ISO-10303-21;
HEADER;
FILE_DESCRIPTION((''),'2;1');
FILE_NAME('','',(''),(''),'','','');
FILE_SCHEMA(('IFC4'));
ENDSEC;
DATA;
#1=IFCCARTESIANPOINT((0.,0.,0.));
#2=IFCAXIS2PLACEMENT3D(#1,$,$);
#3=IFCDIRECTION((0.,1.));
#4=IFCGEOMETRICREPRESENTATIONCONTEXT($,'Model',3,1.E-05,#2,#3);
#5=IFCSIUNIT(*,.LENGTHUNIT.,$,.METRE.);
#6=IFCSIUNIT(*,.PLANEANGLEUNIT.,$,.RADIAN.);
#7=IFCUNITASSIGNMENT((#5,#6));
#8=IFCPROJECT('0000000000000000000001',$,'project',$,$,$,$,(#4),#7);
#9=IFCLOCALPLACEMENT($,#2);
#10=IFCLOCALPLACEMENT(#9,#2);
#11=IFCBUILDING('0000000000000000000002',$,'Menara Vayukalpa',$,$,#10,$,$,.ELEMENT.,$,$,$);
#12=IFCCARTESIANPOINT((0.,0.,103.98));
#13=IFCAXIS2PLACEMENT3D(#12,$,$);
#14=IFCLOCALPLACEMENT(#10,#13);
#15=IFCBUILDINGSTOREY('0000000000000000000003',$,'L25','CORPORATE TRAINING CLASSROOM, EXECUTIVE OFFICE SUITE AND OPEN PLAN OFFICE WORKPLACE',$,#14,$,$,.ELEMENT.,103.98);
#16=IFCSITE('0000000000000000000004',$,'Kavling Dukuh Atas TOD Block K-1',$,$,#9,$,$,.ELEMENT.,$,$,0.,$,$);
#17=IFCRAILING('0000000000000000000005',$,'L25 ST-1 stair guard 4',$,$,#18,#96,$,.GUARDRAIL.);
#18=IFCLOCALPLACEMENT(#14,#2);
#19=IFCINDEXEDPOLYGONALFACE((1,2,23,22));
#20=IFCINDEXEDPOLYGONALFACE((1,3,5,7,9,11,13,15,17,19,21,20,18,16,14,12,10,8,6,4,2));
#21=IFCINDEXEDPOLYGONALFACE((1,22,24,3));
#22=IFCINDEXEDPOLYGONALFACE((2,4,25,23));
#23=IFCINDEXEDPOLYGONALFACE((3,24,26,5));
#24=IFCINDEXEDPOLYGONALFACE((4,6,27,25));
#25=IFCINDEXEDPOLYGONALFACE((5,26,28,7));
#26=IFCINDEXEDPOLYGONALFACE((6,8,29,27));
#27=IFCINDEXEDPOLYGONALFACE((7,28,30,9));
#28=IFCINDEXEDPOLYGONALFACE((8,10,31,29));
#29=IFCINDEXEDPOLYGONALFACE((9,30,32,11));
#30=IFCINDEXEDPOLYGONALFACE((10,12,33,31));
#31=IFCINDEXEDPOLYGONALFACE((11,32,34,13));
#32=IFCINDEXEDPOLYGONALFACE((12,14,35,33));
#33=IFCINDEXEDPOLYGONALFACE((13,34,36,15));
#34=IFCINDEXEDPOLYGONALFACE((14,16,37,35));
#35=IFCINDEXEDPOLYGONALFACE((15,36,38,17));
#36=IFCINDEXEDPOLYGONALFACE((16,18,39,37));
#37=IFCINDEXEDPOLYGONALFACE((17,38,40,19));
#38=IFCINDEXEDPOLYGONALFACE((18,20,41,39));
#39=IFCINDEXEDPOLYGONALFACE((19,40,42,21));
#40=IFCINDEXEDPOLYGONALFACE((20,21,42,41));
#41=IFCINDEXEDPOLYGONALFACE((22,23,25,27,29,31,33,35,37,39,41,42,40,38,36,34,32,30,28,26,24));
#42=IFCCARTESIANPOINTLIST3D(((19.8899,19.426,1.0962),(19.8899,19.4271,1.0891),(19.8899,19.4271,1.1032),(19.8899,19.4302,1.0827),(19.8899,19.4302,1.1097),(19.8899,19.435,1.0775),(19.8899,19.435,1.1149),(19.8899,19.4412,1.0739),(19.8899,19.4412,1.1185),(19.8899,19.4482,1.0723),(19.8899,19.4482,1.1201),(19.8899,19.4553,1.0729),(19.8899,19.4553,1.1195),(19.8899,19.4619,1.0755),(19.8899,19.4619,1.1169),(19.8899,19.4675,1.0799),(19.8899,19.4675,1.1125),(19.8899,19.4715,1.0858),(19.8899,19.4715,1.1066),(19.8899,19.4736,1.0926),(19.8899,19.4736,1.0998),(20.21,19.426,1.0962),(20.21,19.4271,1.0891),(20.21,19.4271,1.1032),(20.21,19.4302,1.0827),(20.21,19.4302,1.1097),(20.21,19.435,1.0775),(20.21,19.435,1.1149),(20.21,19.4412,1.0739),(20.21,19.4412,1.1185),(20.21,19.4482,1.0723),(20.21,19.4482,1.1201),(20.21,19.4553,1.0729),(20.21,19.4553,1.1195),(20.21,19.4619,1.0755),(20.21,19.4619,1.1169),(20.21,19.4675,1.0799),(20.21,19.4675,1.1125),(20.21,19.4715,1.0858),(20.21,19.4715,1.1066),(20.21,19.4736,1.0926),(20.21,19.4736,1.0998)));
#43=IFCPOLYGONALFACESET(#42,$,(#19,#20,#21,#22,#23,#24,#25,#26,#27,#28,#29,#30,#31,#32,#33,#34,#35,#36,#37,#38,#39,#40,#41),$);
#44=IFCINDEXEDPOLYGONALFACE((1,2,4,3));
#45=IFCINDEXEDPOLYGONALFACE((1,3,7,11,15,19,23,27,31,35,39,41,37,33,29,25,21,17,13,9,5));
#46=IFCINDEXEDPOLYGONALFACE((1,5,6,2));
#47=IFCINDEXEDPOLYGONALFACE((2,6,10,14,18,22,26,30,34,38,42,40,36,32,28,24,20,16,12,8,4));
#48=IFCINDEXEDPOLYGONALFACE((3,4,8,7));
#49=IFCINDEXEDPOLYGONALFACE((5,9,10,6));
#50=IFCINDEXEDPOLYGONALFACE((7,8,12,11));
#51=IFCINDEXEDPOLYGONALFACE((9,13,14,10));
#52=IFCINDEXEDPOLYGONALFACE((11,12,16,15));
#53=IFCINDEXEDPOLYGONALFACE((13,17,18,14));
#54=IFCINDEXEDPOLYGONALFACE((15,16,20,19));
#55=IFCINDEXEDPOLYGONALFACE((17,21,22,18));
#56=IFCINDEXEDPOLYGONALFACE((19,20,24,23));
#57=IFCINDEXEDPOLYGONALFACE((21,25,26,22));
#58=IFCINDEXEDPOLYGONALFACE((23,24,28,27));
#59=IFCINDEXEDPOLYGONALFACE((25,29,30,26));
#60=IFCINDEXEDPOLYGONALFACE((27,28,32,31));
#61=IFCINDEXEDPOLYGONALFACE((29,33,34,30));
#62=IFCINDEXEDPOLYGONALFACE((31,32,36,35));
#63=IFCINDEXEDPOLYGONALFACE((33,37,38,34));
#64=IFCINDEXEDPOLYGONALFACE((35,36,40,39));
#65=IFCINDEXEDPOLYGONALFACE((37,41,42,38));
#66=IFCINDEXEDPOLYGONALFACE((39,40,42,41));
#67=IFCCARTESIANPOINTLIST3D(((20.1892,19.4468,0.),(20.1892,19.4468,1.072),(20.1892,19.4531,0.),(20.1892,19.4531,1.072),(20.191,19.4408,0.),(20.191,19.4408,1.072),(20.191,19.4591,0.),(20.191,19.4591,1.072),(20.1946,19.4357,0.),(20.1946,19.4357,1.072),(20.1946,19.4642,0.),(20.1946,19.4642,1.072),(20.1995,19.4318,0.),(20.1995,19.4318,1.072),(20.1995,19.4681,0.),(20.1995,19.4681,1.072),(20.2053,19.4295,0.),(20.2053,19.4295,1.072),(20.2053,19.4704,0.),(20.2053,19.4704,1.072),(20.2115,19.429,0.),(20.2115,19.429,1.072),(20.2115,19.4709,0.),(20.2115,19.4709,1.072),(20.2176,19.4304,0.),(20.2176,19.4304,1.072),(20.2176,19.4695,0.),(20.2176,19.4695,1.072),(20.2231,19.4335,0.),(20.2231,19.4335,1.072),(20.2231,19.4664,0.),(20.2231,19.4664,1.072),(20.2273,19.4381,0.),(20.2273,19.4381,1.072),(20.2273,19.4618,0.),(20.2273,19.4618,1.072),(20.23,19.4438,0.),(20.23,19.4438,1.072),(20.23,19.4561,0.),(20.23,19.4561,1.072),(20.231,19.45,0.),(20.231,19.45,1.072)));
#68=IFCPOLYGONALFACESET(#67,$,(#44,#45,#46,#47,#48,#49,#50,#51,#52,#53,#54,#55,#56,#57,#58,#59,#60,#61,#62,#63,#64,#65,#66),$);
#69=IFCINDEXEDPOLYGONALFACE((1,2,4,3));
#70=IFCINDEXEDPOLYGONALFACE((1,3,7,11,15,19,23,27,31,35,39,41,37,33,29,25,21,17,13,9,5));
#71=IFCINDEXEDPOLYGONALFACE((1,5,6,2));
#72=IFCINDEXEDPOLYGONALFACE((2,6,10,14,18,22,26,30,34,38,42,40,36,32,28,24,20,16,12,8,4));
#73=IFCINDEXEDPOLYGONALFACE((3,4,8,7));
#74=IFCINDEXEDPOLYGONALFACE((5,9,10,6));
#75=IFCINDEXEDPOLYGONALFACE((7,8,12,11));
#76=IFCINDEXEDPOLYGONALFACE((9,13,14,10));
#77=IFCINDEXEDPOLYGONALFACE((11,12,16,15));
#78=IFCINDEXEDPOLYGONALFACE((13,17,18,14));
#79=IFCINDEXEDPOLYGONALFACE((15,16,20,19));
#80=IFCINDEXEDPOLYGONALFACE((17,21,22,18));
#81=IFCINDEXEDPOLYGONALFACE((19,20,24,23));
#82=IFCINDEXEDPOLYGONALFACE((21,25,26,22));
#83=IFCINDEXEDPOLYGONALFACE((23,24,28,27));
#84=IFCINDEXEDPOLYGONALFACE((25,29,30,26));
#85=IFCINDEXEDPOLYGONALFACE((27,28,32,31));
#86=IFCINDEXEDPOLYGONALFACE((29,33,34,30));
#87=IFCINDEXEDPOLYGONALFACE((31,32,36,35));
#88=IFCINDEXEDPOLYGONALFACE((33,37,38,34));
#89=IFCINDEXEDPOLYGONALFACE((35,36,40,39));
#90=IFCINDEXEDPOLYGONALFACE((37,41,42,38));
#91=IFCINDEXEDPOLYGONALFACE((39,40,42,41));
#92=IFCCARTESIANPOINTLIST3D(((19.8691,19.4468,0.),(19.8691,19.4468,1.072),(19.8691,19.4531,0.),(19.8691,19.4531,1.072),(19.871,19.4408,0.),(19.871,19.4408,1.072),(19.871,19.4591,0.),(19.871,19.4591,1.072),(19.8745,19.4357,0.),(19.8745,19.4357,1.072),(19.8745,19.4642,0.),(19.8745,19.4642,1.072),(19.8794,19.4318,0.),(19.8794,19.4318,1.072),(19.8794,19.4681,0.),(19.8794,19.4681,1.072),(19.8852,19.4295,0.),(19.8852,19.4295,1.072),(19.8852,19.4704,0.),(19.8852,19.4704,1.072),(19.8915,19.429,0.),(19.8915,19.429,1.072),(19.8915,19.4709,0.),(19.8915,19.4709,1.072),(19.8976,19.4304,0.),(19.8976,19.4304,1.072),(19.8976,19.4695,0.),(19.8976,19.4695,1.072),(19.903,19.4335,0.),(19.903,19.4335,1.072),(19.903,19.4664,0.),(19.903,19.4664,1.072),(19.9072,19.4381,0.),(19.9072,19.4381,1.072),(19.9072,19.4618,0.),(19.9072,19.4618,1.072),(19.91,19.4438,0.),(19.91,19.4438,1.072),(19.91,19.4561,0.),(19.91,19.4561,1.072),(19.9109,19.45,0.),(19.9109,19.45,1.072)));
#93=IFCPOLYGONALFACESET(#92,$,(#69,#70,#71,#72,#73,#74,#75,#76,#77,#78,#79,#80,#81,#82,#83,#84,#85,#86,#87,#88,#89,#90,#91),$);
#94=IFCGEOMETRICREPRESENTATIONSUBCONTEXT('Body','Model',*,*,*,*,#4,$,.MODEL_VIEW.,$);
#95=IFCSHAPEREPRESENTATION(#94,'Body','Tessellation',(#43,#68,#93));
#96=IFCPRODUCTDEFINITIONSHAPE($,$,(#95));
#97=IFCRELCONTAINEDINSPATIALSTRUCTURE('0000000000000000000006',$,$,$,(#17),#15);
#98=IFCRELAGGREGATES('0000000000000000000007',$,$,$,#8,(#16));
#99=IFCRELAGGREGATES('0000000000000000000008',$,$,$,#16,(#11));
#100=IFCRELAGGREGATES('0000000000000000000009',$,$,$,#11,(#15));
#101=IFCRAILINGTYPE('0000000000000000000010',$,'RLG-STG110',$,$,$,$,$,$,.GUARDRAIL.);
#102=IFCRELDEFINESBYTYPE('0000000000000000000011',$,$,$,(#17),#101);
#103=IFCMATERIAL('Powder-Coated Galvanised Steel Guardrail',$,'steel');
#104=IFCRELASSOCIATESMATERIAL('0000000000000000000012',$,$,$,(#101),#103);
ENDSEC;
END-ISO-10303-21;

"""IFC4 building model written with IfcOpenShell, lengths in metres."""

from ifc_helpers import new_model, si_unit, direction, frame, origin, origin_2d, place, context, subcontext, project, spatial, circle, extrude, material, type_object, element, save


model = new_model("IFC4")

# Units and contexts
model_context = context("Model", 3, precision=1e-05, world=origin(), true_north=direction((0.0, 1.0)))
body_context = subcontext(model_context, "Body", "Model", "MODEL_VIEW")
ifc_project = project(units=[si_unit("LENGTHUNIT", "METRE"), si_unit("PLANEANGLEUNIT", "RADIAN")], contexts=[model_context])

# Site, building, storey
site_placement = place(None, origin())
site = spatial("IfcSite", under=ifc_project, at=site_placement, Name="Kavling Dukuh Atas TOD Block K-1", CompositionType="ELEMENT", RefElevation=0.0)
building_placement = place(site_placement, origin())
building = spatial("IfcBuilding", under=site, at=building_placement, Name="Menara Vayukalpa", CompositionType="ELEMENT")
storey_placement = place(building_placement, frame((0.0, 0.0, 103.98)))
storey = spatial("IfcBuildingStorey", under=building, at=storey_placement, Name="L25", Description="CORPORATE TRAINING CLASSROOM, EXECUTIVE OFFICE SUITE AND OPEN PLAN OFFICE WORKPLACE", CompositionType="ELEMENT", Elevation=103.98)

# Railing
ifc_material_1 = material(Name="Powder-Coated Galvanised Steel Guardrail", Category="steel")
railing_type_1 = type_object("IfcRailingType", Name="RLG-STG110", PredefinedType="GUARDRAIL", material=ifc_material_1)
railing_1_placement = place(storey_placement, frame((20.21, 19.45, 0.0)))
element("IfcRailing", 1, at=railing_1_placement, inside=storey, type_object=railing_type_1, Name="L25 ST-1 stair guard 4", PredefinedType="GUARDRAIL", context=body_context, shape_type="SweptSolid", body=[
    extrude(circle(Radius=0.0239, at=origin_2d()), frame((0.0, 0.0, 1.0962), z_axis=(-1.0, 0.0, 0.0), x_axis=(0.0, -1.0, 0.0)), (0.0, 0.0, 1.0), 0.3201),
    extrude(circle(Radius=0.021, at=origin_2d()), origin(), (0.0, 0.0, 1.0), 1.072),
    extrude(circle(Radius=0.021, at=origin_2d()), frame((-0.3201, 0.0, 0.0)), (0.0, 0.0, 1.0), 1.072),
])

save(model, "model.ifc")
